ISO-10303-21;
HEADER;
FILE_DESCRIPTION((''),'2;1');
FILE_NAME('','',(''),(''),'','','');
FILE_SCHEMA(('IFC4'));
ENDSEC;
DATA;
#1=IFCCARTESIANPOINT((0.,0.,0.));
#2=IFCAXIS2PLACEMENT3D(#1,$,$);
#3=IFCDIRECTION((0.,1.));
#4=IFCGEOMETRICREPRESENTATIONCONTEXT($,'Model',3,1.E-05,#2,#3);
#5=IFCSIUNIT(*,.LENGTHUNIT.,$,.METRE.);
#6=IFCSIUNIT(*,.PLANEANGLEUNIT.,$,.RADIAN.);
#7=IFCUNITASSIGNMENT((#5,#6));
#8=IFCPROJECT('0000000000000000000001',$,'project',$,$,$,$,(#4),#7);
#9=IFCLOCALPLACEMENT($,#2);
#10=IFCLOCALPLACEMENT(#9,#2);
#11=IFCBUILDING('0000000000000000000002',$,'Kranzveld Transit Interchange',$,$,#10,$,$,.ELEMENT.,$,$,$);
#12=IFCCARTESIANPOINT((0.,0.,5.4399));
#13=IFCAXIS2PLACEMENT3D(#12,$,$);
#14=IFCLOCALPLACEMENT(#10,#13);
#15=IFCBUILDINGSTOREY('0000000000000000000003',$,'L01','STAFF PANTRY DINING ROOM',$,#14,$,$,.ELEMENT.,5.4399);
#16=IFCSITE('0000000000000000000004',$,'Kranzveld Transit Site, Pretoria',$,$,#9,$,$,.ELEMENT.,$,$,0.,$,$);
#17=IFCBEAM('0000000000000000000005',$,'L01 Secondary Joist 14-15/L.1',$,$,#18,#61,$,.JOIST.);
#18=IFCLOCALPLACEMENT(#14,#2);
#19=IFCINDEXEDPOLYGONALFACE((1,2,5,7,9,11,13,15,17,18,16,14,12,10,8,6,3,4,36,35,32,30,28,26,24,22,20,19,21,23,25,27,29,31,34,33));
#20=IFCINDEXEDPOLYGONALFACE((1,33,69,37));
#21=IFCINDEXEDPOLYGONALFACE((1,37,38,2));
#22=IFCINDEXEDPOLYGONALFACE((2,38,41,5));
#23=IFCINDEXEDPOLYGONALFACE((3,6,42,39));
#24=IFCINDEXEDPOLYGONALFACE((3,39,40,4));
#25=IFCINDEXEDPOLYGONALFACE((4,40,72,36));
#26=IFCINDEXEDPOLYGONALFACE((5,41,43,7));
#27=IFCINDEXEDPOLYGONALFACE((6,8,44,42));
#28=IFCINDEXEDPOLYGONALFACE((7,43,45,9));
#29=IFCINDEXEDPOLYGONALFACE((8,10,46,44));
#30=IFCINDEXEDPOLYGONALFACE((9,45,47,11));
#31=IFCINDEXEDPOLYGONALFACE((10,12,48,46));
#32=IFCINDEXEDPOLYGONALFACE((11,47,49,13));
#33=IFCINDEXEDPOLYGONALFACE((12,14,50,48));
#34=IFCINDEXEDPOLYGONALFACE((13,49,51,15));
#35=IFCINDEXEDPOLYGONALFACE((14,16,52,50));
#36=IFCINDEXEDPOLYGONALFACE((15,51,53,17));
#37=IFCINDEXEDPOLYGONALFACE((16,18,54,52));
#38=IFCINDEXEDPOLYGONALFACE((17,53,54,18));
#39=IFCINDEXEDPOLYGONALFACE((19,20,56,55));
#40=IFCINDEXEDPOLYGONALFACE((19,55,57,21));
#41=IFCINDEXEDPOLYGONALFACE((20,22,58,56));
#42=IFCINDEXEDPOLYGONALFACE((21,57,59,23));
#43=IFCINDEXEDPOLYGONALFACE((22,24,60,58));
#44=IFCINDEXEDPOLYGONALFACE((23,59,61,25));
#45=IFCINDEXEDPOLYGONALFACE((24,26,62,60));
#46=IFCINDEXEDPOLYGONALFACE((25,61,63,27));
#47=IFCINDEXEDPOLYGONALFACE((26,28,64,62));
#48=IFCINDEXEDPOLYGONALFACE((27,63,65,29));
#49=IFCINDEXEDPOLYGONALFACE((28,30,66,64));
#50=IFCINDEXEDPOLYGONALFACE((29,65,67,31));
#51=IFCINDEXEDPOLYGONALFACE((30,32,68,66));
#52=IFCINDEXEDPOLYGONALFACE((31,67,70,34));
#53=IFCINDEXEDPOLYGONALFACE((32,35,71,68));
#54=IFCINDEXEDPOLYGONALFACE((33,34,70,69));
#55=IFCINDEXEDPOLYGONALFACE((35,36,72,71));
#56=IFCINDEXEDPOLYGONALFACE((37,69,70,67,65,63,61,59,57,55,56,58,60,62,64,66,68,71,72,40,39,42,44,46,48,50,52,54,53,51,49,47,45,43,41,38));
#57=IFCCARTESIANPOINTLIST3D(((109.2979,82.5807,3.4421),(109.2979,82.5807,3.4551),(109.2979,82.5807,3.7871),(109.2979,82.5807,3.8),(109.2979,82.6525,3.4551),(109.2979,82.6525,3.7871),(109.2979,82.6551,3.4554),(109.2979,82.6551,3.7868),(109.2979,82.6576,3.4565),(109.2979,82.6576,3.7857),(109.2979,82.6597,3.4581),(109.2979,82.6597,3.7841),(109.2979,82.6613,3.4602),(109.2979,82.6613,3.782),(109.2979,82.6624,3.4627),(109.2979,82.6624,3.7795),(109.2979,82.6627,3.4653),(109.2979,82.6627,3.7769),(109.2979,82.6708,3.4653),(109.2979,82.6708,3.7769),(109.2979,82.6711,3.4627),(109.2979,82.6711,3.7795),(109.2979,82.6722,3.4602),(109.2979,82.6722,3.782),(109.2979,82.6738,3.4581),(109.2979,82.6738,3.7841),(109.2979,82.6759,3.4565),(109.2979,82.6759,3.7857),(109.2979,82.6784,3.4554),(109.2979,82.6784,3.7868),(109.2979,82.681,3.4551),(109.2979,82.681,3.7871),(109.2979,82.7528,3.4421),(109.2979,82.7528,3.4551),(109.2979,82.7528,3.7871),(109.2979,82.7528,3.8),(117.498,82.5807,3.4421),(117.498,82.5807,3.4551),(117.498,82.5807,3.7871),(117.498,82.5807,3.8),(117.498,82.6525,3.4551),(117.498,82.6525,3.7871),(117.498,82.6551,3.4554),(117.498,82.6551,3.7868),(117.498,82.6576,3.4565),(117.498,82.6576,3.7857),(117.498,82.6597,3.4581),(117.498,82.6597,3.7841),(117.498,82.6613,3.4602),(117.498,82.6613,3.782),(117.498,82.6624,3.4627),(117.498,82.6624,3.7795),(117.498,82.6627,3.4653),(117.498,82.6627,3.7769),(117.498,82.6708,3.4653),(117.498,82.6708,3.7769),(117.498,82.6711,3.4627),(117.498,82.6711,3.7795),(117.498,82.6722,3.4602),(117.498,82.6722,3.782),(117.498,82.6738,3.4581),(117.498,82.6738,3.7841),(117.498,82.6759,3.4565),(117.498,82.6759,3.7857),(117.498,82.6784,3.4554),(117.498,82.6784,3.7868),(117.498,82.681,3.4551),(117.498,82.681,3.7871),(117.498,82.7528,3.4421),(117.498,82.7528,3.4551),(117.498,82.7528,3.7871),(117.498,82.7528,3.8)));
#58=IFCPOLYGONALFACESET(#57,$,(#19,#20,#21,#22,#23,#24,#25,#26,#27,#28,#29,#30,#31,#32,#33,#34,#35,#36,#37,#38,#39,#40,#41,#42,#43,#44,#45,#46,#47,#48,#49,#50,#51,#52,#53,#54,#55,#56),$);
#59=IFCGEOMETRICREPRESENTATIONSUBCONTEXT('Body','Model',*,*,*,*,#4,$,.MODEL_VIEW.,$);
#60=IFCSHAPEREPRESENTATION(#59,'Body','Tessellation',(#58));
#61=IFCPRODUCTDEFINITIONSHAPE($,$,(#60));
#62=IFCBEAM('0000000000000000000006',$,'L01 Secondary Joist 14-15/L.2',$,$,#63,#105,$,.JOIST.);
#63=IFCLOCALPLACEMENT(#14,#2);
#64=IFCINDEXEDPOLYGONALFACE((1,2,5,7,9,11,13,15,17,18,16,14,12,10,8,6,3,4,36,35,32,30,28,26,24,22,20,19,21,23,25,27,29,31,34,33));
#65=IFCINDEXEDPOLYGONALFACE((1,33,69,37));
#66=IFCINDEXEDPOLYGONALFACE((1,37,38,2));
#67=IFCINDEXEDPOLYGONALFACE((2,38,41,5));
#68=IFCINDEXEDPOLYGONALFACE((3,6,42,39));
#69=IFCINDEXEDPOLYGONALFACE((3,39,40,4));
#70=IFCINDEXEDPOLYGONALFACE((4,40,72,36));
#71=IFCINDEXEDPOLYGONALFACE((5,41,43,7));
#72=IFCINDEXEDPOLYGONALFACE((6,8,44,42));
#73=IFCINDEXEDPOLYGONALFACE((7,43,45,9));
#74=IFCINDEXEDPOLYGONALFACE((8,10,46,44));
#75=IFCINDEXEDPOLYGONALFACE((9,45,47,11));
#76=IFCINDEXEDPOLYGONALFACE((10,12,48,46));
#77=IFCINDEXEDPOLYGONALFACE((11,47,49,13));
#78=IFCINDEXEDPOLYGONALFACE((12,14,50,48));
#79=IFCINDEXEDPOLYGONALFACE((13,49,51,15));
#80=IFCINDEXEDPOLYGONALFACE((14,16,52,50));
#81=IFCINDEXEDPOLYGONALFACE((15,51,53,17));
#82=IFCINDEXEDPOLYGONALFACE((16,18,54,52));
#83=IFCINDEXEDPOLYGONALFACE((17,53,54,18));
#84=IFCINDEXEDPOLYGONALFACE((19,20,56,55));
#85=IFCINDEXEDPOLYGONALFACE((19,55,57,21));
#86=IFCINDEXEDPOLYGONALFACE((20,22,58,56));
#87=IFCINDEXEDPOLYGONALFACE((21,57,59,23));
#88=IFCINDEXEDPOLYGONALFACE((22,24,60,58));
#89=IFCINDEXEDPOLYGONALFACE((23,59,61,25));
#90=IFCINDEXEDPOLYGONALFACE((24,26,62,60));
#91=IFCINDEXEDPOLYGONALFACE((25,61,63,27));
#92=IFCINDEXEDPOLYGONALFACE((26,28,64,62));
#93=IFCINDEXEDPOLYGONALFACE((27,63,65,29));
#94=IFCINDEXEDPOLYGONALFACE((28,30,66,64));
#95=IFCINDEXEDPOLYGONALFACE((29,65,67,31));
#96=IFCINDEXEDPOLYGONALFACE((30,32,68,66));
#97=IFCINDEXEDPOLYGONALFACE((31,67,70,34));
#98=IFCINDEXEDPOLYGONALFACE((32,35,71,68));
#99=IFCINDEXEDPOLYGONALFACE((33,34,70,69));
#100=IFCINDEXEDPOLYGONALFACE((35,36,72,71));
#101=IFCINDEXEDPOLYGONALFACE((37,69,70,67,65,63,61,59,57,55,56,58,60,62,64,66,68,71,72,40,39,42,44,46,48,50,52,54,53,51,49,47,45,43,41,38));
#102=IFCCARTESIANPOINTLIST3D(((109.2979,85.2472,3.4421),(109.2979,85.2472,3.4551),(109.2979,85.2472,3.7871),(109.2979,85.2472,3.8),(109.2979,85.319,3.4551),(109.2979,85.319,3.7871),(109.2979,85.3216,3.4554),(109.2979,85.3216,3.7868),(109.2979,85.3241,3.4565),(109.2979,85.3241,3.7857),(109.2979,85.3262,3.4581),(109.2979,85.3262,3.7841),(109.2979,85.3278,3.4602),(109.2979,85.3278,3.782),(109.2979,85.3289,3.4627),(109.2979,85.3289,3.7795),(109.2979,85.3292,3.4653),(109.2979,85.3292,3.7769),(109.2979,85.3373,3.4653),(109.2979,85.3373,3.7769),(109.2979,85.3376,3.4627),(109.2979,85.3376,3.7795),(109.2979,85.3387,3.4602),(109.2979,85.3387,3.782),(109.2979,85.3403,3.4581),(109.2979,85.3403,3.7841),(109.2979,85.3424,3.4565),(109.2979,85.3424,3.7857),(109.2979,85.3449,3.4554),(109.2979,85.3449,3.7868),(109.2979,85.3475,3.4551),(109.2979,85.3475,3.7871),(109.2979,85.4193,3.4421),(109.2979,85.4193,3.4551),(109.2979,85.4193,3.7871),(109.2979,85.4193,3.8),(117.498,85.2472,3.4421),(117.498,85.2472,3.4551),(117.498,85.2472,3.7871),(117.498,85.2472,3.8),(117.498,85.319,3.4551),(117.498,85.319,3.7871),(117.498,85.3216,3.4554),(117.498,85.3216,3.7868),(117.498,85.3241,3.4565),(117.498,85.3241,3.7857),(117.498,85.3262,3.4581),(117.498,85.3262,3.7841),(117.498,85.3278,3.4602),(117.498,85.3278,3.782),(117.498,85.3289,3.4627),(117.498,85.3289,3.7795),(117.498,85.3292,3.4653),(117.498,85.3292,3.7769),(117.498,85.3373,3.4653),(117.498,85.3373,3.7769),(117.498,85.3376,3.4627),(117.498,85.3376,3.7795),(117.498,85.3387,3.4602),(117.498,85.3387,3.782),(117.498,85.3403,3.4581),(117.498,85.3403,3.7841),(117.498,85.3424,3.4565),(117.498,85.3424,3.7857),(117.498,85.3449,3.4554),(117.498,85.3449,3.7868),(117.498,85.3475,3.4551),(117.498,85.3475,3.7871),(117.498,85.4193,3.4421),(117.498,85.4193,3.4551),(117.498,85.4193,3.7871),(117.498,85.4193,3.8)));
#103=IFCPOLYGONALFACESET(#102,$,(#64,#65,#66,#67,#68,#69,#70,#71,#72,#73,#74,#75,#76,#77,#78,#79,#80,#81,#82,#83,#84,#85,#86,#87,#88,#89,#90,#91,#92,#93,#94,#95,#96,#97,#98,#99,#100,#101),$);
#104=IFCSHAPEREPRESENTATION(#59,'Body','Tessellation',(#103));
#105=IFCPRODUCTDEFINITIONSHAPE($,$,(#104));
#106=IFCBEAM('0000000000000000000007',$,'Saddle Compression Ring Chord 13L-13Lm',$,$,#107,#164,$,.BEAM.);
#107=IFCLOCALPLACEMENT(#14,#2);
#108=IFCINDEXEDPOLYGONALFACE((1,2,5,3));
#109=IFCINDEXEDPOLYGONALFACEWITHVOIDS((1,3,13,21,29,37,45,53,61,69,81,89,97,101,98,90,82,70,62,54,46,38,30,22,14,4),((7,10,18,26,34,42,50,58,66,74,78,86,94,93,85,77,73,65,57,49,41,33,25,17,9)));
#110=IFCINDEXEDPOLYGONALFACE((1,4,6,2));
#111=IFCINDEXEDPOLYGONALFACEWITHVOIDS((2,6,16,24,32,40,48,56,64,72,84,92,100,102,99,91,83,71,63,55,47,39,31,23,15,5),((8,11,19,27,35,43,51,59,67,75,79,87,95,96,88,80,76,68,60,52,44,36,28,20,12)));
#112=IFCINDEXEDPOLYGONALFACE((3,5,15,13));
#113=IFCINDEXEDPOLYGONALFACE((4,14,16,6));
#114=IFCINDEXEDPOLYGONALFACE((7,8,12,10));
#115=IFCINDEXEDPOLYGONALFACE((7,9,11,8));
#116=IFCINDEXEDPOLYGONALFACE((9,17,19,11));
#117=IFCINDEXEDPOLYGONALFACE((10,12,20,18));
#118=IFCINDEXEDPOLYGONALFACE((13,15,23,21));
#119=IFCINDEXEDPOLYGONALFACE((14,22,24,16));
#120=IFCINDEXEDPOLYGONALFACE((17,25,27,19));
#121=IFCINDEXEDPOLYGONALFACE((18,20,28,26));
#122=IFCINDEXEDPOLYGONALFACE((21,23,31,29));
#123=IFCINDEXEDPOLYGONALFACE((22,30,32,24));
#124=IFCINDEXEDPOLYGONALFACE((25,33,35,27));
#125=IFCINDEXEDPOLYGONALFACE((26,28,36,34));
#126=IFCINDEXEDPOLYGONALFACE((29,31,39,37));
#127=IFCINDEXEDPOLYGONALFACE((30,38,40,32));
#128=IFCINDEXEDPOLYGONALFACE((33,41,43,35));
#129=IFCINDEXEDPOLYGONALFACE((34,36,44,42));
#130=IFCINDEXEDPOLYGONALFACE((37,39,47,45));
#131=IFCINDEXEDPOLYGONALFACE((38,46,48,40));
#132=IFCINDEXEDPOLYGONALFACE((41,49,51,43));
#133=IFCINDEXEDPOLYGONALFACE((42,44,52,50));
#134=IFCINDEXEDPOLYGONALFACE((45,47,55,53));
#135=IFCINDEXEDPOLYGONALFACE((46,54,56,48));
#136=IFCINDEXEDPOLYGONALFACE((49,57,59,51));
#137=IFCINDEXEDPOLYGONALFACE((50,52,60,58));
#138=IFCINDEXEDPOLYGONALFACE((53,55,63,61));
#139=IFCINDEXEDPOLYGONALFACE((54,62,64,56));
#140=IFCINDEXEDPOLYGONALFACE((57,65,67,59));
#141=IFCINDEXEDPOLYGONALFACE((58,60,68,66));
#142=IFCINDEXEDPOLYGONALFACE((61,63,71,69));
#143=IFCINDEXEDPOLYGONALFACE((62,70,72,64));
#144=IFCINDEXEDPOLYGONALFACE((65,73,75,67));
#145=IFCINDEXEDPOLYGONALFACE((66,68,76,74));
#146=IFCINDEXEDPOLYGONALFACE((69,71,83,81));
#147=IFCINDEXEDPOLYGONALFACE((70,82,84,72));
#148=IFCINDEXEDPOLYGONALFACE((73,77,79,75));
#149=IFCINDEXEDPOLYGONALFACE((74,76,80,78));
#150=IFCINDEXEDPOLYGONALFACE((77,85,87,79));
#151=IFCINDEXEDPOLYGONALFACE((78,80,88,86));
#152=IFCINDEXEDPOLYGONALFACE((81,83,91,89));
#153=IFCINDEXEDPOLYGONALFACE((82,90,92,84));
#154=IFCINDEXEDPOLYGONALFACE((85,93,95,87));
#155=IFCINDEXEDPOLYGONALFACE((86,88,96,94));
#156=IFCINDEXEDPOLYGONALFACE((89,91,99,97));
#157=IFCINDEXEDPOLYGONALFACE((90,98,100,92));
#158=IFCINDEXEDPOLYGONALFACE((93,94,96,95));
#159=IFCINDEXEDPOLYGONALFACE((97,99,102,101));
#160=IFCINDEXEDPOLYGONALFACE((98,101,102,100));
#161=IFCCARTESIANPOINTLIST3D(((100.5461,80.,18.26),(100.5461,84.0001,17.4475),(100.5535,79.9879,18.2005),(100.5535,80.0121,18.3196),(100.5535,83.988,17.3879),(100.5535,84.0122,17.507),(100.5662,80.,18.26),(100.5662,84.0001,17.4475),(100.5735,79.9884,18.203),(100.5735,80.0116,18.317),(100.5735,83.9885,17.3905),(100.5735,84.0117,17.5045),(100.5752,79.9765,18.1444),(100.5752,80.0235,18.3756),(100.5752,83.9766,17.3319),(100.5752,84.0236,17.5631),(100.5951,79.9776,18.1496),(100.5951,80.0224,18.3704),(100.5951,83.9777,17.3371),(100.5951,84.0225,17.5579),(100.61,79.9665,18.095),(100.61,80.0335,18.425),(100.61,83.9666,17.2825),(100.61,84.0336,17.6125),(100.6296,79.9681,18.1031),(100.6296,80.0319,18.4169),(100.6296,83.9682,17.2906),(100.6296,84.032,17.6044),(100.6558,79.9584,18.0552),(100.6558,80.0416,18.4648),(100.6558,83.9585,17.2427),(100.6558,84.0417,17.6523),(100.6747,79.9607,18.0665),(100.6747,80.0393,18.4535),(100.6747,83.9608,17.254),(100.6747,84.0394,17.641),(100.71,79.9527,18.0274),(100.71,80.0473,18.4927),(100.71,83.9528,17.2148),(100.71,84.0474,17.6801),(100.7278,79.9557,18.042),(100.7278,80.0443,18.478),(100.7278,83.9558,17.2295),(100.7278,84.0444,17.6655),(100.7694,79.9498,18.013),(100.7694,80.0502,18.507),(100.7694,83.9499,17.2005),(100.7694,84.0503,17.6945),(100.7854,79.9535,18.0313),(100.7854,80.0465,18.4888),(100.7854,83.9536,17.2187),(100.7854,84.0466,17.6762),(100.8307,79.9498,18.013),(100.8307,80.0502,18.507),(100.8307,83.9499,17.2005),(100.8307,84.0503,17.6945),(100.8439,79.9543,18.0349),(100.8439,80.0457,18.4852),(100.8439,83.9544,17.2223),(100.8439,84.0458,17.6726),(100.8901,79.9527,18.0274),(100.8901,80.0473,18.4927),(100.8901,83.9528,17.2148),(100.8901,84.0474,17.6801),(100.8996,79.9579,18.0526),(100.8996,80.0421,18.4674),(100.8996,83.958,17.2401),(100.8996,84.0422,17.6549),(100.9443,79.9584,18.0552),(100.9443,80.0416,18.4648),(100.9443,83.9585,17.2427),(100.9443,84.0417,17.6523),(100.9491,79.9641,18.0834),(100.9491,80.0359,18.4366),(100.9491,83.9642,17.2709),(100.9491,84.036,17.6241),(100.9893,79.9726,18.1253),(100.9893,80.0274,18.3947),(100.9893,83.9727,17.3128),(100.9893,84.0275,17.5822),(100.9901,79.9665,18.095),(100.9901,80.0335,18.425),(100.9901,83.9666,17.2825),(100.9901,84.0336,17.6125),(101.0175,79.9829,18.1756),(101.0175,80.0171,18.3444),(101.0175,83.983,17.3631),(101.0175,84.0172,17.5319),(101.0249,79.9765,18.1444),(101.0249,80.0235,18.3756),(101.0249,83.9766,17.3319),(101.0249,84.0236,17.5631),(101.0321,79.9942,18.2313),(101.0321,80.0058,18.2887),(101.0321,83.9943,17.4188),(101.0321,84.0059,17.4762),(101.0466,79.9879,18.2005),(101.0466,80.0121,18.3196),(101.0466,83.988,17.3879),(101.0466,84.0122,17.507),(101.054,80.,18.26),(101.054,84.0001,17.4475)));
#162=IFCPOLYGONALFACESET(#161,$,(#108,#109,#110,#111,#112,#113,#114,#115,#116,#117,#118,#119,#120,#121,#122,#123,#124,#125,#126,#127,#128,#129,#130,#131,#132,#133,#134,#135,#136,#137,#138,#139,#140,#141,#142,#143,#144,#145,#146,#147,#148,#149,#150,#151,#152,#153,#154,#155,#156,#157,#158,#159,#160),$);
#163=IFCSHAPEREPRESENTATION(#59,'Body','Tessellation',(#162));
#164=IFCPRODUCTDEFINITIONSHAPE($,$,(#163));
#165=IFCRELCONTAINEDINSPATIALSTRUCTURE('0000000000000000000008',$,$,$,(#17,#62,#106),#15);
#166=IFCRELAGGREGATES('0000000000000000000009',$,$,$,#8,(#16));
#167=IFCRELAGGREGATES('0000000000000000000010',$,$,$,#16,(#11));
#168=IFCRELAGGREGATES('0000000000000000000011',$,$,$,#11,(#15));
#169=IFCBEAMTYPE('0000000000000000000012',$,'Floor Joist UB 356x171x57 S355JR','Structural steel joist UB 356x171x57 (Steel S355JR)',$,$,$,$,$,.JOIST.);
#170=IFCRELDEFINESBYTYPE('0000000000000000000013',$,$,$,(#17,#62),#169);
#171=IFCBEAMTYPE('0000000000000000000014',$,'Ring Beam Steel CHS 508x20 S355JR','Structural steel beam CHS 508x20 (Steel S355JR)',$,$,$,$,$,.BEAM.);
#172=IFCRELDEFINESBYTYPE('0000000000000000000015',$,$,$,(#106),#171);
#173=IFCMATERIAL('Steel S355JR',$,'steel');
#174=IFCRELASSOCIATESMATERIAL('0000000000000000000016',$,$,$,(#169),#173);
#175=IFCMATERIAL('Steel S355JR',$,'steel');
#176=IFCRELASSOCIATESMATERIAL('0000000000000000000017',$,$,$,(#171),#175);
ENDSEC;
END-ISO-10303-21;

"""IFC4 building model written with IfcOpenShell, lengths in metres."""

from ifc_helpers import new_model, si_unit, direction, frame, origin, origin_2d, place, context, subcontext, project, spatial, hollow_circle, i_section, extrude, material, material_profile, profile_set, type_object, element, save


model = new_model("IFC4")

# Units and contexts
model_context = context("Model", 3, precision=1e-05, world=origin(), true_north=direction((0.0, 1.0)))
body_context = subcontext(model_context, "Body", "Model", "MODEL_VIEW")
ifc_project = project(units=[si_unit("LENGTHUNIT", "METRE"), si_unit("PLANEANGLEUNIT", "RADIAN")], contexts=[model_context])

# Site, building, storey
site_placement = place(None, origin())
site = spatial("IfcSite", under=ifc_project, at=site_placement, Name="Kranzveld Transit Site, Pretoria", CompositionType="ELEMENT", RefElevation=0.0)
building_placement = place(site_placement, origin())
building = spatial("IfcBuilding", under=site, at=building_placement, Name="Kranzveld Transit Interchange", CompositionType="ELEMENT")
storey_placement = place(building_placement, frame((0.0, 0.0, 5.4399)))
storey = spatial("IfcBuildingStorey", under=building, at=storey_placement, Name="L01", Description="STAFF PANTRY DINING ROOM", CompositionType="ELEMENT", Elevation=5.4399)

# Beams
ifc_material_1 = material(Name="Steel S355JR", Category="steel")
ifc_material_profile_1 = material_profile(ifc_material_1, i_section(OverallWidth=0.1721, OverallDepth=0.3579, WebThickness=0.0081, FlangeThickness=0.0129, FilletRadius=0.0103, at=origin_2d()), Name="UB 356x171x57")
ifc_profile_set_1 = profile_set([ifc_material_profile_1], Name="Steel S355JR")
beam_type_1 = type_object("IfcBeamType", Name="Floor Joist UB 356x171x57 S355JR", Description="Structural steel joist UB 356x171x57 (Steel S355JR)", PredefinedType="JOIST", material=ifc_profile_set_1)
for number, where, z_axis, x_axis, name in (
    (1, (109.2979, 82.6667, 3.6211), (1.0, 0.0, 0.0), (0.0, 1.0, 0.0), "L01 Secondary Joist 14-15/L.1"),
    (2, (109.2979, 85.3333, 3.6211), (1.0, 0.0, 0.0), (0.0, 1.0, 0.0), "L01 Secondary Joist 14-15/L.2"),
):
    element("IfcBeam", number, at=place(storey_placement, frame(where, z_axis=z_axis, x_axis=x_axis)), inside=storey, type_object=beam_type_1, Name=name, PredefinedType="JOIST", context=body_context, shape_type="SweptSolid", body=[
        extrude(i_section(OverallWidth=0.1721, OverallDepth=0.3579, WebThickness=0.0081, FlangeThickness=0.0129, FilletRadius=0.0103, at=origin_2d()), origin(), (0.0, 0.0, 1.0), 8.2002),
    ])
ifc_material_2 = material(Name="Steel S355JR", Category="steel")
ifc_material_profile_2 = material_profile(ifc_material_2, hollow_circle(Radius=0.2539, WallThickness=0.02, at=origin_2d()), Name="CHS 508x20")
ifc_profile_set_2 = profile_set([ifc_material_profile_2], Name="Steel S355JR")
beam_type_2 = type_object("IfcBeamType", Name="Ring Beam Steel CHS 508x20 S355JR", Description="Structural steel beam CHS 508x20 (Steel S355JR)", PredefinedType="BEAM", material=ifc_profile_set_2)
beam_1_placement = place(storey_placement, frame((100.8, 80.0, 18.26), z_axis=(0.0, 0.979987, -0.19906), x_axis=(-1.0, 0.0, 0.0)))
element("IfcBeam", 3, at=beam_1_placement, inside=storey, type_object=beam_type_2, Name="Saddle Compression Ring Chord 13L-13Lm", PredefinedType="BEAM", context=body_context, shape_type="SweptSolid", body=[
    extrude(hollow_circle(Radius=0.2539, WallThickness=0.02, at=origin_2d()), origin(), (0.0, 0.0, 1.0), 4.0818),
])

save(model, "model.ifc")
